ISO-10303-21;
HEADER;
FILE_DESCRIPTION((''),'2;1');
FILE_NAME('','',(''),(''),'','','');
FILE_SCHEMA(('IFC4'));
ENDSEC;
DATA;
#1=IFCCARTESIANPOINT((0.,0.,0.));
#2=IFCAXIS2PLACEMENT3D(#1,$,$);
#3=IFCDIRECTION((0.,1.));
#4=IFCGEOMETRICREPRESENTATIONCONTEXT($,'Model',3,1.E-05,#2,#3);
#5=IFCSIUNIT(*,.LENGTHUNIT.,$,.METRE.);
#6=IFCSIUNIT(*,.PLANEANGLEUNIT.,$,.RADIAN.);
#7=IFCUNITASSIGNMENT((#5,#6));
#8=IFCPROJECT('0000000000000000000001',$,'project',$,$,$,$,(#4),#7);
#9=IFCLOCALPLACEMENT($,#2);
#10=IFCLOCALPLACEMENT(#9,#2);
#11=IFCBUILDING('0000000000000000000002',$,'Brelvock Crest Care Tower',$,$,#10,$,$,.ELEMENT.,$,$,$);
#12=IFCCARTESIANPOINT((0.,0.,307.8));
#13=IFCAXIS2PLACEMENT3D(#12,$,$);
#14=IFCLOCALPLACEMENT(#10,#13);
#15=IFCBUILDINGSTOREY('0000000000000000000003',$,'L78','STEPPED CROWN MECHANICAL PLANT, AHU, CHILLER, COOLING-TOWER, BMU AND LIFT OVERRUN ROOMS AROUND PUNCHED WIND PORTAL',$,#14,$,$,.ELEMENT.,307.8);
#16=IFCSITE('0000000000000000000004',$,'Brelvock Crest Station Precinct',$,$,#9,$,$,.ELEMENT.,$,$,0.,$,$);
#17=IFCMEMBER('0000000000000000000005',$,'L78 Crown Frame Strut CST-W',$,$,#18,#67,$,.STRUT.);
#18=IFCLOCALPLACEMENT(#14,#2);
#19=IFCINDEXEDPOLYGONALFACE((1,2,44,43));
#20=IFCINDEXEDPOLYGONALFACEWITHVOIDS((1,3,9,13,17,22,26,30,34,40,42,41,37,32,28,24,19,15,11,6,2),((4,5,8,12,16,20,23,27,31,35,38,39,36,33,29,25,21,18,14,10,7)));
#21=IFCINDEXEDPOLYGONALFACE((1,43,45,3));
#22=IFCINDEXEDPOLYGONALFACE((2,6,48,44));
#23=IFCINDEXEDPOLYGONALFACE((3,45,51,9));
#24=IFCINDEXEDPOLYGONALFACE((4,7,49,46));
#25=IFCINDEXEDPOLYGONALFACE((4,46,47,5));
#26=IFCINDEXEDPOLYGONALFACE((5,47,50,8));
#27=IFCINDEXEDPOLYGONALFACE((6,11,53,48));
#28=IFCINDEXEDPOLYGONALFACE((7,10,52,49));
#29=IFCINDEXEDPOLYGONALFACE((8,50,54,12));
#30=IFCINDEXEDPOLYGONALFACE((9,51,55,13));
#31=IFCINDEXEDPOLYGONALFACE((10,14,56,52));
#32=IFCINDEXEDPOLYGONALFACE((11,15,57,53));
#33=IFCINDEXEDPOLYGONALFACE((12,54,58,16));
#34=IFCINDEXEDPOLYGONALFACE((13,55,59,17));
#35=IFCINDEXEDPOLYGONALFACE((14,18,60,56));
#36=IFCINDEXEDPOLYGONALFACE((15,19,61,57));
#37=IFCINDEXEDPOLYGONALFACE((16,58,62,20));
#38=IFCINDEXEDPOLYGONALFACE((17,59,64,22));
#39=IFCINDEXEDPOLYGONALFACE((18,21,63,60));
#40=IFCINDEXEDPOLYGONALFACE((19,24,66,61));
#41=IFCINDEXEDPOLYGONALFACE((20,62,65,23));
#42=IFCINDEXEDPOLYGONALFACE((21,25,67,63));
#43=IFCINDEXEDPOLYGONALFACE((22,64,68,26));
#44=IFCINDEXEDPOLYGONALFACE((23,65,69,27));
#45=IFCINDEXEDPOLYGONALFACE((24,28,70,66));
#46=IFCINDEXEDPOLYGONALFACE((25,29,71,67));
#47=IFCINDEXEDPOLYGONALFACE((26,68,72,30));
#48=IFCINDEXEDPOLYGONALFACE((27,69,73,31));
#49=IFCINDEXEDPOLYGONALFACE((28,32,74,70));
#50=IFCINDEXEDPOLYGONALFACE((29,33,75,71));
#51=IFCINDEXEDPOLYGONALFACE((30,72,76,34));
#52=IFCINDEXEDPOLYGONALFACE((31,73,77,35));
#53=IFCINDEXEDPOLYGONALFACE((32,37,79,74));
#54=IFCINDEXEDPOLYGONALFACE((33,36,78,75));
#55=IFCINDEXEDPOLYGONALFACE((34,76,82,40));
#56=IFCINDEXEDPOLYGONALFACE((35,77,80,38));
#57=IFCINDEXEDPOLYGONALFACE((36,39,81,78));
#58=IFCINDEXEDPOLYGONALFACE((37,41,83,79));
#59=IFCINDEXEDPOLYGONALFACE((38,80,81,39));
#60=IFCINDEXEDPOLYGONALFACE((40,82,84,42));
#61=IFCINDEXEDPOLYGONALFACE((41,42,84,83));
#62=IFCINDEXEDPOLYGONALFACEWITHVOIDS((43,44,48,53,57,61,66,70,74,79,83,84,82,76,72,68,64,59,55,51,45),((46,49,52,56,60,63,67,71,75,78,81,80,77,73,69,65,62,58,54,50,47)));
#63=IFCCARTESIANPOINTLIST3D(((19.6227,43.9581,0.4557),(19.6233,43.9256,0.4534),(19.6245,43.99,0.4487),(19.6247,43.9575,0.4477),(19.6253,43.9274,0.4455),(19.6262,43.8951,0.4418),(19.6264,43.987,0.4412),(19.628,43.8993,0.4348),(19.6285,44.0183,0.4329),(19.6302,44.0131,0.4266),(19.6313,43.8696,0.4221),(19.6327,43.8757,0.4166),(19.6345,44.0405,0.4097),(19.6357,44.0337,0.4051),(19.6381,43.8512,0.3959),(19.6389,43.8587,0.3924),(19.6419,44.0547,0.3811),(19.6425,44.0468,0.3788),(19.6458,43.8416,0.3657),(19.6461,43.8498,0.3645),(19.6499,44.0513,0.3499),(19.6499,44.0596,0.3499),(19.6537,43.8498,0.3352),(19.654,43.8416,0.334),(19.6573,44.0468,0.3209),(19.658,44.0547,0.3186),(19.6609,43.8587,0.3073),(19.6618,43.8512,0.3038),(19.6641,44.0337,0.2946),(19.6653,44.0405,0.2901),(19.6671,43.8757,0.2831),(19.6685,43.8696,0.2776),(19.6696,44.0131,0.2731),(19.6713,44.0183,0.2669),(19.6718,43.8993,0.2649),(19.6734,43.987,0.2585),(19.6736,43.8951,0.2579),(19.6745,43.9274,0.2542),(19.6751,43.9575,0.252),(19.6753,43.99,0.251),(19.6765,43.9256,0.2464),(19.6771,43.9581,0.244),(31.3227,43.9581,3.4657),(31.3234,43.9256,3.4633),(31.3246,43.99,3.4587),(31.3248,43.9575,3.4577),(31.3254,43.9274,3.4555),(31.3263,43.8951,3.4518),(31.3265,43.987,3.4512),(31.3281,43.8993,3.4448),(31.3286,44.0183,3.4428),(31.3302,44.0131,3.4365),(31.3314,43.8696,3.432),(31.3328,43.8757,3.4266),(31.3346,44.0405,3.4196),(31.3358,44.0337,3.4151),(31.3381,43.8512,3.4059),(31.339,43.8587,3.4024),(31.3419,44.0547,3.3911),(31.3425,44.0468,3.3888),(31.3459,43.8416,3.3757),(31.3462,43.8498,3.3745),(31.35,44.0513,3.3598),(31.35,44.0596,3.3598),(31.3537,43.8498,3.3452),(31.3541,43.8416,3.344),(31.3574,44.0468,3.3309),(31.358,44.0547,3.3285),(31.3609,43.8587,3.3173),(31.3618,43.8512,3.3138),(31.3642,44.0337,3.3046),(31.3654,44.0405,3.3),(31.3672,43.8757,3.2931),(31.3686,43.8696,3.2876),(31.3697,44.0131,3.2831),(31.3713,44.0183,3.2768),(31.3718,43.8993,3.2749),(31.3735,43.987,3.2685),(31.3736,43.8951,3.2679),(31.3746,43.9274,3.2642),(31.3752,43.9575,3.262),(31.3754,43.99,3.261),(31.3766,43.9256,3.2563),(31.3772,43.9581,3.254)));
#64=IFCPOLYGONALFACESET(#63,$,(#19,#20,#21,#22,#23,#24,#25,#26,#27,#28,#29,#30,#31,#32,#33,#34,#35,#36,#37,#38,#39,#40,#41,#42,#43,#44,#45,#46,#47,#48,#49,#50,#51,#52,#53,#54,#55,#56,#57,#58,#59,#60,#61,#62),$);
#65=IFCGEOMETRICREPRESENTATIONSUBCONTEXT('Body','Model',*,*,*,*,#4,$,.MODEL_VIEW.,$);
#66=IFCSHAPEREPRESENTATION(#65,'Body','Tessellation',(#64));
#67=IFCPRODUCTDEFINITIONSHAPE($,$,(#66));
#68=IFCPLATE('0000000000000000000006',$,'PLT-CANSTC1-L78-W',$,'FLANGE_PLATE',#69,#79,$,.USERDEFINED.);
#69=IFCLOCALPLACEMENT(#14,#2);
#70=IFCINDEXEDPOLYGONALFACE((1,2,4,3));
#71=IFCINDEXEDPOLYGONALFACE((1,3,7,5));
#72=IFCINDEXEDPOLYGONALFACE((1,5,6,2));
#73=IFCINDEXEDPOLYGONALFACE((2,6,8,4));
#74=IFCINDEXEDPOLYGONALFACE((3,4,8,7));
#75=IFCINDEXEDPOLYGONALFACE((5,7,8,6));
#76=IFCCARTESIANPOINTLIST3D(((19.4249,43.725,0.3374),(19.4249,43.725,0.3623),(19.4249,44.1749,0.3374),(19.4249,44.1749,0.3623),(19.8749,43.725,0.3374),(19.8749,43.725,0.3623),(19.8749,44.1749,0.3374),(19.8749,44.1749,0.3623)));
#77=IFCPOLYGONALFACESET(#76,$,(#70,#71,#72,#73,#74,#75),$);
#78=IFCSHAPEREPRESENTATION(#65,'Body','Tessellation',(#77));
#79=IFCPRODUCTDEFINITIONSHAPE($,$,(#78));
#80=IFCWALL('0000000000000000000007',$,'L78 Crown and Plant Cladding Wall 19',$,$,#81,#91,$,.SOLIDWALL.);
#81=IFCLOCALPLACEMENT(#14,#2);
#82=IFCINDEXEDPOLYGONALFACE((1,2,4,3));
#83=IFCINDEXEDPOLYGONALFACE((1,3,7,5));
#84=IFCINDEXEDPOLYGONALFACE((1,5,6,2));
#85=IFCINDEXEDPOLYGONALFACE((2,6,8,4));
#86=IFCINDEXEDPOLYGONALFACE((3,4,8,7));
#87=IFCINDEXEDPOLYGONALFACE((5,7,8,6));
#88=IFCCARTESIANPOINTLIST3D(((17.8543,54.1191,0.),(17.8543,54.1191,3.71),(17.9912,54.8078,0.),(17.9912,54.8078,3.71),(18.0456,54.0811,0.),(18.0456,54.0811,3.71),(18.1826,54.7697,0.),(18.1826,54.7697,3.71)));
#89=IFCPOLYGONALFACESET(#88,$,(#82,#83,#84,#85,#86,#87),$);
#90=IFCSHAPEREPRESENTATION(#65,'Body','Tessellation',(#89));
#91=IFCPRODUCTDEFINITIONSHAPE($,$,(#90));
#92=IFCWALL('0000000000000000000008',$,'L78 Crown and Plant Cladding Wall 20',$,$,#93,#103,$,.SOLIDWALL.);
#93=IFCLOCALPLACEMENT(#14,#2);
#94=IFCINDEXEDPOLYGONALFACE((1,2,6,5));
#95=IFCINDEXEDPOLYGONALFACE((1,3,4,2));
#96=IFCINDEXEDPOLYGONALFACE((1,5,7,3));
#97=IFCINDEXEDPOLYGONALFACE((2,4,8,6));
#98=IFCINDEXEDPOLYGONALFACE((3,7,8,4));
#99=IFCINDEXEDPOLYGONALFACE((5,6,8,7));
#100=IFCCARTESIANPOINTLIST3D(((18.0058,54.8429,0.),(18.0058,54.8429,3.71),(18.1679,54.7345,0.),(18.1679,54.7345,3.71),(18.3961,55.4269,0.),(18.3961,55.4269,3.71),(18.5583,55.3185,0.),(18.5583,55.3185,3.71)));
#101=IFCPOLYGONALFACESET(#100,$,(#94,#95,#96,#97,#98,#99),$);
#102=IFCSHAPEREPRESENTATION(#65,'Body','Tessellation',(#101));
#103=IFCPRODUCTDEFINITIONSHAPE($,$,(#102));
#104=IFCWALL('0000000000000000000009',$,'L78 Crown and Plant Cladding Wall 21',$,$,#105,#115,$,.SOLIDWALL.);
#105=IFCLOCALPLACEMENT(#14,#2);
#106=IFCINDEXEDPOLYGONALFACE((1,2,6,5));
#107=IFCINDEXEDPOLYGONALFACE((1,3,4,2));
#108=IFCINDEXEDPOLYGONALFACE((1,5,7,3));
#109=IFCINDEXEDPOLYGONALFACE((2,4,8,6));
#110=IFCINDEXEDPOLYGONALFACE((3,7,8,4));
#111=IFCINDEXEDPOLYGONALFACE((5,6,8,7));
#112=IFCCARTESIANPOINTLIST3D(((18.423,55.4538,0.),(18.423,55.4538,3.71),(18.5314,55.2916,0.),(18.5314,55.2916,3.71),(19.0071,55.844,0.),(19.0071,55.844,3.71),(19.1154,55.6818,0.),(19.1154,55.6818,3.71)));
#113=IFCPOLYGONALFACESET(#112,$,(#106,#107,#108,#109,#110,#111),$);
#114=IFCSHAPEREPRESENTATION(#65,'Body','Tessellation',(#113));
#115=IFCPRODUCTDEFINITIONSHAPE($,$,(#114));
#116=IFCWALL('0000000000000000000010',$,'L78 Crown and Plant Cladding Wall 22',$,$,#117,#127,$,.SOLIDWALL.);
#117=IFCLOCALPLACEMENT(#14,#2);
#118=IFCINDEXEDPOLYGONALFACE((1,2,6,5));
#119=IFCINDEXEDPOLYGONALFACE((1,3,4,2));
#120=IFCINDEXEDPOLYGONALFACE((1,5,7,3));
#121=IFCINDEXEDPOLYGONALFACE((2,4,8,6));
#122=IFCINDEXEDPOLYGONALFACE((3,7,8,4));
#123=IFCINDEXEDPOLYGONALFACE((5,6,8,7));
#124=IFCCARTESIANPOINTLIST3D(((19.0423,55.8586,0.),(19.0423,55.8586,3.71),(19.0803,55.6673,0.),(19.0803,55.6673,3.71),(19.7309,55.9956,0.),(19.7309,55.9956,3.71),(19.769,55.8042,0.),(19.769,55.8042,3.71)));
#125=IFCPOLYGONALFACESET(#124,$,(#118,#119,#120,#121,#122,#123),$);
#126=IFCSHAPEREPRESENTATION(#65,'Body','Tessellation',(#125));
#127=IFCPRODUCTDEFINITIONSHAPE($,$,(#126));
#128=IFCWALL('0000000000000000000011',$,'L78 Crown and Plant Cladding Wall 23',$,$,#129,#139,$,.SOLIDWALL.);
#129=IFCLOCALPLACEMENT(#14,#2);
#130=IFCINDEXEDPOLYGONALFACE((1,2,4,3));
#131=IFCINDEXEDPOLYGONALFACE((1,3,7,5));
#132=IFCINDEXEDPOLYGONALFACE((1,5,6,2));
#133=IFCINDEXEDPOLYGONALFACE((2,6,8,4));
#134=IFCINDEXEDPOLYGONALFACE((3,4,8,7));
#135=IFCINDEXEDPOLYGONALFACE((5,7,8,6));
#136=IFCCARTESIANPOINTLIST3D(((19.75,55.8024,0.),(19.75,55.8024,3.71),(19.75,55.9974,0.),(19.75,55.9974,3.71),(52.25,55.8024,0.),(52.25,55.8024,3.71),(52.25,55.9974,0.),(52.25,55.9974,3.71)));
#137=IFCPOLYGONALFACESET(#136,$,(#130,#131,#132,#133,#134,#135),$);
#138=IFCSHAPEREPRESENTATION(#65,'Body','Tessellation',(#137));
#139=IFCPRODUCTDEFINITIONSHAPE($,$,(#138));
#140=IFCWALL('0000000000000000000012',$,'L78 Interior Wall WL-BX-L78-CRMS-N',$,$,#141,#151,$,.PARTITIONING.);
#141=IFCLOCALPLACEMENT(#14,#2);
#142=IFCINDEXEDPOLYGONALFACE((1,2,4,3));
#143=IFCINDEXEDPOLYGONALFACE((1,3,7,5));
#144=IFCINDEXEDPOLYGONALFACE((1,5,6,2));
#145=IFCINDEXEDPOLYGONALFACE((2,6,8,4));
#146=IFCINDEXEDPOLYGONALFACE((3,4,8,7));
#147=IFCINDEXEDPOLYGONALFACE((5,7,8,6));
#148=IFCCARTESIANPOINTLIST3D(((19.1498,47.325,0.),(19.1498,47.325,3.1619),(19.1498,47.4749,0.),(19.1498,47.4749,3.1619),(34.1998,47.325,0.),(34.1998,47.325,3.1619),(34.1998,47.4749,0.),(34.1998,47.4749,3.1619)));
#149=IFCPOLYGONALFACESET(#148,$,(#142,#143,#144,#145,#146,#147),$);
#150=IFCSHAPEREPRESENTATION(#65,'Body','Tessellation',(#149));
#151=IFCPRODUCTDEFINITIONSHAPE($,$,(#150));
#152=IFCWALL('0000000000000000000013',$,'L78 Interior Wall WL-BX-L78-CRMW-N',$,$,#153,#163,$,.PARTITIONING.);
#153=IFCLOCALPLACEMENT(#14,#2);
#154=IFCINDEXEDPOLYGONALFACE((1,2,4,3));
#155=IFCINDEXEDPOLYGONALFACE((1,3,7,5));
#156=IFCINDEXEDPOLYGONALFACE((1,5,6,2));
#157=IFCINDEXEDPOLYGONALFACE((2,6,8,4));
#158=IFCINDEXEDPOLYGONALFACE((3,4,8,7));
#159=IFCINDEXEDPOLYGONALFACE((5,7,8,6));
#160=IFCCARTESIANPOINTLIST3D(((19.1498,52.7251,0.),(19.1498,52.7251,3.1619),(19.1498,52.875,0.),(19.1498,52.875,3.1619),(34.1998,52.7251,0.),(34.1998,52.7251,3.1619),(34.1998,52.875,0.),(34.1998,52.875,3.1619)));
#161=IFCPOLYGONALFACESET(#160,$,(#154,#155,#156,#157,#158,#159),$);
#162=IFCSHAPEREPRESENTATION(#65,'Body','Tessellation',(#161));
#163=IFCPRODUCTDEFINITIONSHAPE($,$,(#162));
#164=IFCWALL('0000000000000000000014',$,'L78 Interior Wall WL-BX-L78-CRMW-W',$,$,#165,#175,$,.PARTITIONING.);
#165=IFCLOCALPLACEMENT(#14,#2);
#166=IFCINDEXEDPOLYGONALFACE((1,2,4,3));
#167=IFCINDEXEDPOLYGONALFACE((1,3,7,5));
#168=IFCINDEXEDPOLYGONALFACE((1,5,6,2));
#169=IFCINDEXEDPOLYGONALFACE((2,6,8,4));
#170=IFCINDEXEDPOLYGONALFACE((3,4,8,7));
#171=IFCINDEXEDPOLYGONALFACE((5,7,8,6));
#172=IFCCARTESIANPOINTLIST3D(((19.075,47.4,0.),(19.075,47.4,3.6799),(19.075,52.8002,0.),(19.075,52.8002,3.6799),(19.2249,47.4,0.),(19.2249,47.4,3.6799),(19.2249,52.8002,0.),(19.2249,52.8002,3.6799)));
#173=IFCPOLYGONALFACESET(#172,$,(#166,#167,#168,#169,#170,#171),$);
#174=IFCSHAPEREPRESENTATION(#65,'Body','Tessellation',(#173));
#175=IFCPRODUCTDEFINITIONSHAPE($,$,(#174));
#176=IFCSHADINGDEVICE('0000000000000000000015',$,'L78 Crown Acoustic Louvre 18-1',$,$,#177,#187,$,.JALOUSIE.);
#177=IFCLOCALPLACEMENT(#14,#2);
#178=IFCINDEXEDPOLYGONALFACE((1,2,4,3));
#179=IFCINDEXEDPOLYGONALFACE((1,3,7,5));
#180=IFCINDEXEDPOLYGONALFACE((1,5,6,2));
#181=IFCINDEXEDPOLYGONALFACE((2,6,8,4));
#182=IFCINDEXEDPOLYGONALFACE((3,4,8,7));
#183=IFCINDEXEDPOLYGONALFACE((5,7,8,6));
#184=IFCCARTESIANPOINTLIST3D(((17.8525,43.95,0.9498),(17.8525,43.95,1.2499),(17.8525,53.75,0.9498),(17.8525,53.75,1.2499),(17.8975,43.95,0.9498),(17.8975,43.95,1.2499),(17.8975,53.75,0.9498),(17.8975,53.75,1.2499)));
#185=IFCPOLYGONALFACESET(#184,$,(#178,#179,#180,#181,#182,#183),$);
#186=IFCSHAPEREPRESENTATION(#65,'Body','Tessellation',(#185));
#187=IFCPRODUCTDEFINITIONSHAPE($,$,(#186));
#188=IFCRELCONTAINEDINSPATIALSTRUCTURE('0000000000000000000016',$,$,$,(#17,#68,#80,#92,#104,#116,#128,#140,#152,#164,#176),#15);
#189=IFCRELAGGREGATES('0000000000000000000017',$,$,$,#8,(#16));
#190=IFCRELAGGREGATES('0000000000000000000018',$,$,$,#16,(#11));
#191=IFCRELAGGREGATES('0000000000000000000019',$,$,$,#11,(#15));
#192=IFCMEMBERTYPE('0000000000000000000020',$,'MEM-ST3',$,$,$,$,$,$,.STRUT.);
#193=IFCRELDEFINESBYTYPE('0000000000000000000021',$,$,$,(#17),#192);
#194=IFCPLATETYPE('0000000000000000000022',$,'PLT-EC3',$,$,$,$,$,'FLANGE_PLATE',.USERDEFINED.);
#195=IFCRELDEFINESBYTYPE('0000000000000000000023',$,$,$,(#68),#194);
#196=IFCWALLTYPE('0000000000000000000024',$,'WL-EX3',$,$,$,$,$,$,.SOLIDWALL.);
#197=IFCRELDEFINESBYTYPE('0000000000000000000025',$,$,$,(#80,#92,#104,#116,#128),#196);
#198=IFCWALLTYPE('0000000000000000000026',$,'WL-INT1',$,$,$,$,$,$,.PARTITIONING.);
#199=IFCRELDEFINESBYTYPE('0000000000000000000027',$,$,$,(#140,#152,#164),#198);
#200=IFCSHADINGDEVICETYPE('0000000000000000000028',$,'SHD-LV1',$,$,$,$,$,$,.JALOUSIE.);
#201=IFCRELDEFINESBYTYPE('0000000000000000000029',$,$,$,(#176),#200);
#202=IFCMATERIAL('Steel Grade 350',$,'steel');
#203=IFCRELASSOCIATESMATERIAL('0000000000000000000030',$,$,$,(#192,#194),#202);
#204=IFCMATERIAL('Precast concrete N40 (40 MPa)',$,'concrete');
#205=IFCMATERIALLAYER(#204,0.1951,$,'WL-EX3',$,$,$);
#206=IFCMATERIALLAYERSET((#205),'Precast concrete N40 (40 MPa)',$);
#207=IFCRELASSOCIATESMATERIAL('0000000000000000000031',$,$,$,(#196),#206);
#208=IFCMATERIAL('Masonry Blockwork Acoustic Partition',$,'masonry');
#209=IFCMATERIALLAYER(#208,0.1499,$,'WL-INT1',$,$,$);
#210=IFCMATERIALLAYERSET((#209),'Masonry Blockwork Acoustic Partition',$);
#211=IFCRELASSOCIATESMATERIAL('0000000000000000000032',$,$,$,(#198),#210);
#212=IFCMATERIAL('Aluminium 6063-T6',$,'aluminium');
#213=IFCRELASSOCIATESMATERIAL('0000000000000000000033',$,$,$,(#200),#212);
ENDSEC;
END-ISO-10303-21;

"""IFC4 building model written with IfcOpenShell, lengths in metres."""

from ifc_helpers import new_model, si_unit, direction, frame, frame_2d, origin, origin_2d, place, context, subcontext, project, spatial, rectangle, hollow_circle, extrude, source, transform, mapped, material, layer, layer_set, material_profile, profile_set, type_object, element, save


model = new_model("IFC4")

# Units and contexts
model_context = context("Model", 3, precision=1e-05, world=origin(), true_north=direction((0.0, 1.0)))
body_context = subcontext(model_context, "Body", "Model", "MODEL_VIEW")
ifc_project = project(units=[si_unit("LENGTHUNIT", "METRE"), si_unit("PLANEANGLEUNIT", "RADIAN")], contexts=[model_context])

# Site, building, storey
site_placement = place(None, origin())
site = spatial("IfcSite", under=ifc_project, at=site_placement, Name="Brelvock Crest Station Precinct", CompositionType="ELEMENT", RefElevation=0.0)
building_placement = place(site_placement, origin())
building = spatial("IfcBuilding", under=site, at=building_placement, Name="Brelvock Crest Care Tower", CompositionType="ELEMENT")
storey_placement = place(building_placement, frame((0.0, 0.0, 307.8)))
storey = spatial("IfcBuildingStorey", under=building, at=storey_placement, Name="L78", Description="STEPPED CROWN MECHANICAL PLANT, AHU, CHILLER, COOLING-TOWER, BMU AND LIFT OVERRUN ROOMS AROUND PUNCHED WIND PORTAL", CompositionType="ELEMENT", Elevation=307.8)

# Shared definitions
ifc_material_1 = material(Name="Steel Grade 350", Category="steel")

# Member
ifc_material_profile_1 = material_profile(ifc_material_1, hollow_circle(Radius=0.1096, WallThickness=0.0083, at=origin_2d()), Name="CHS219.1x8.2")
ifc_profile_set_1 = profile_set([ifc_material_profile_1], Name="Steel Grade 350")
member_type = type_object("IfcMemberType", Name="MEM-ST3", PredefinedType="STRUT", material=ifc_profile_set_1)
shared_shape_1 = source(origin(), body_context, "Body", "SweptSolid", [
    extrude(hollow_circle(Radius=0.1096, WallThickness=0.0083, at=origin_2d()), origin(), (0.0, 0.0, 1.0), 12.0811),
])
member_placement = place(storey_placement, frame((19.6499, 43.95, 0.3499), z_axis=(0.968465, 0.0, 0.249149), x_axis=(0.0, 1.0, 0.0)))
element("IfcMember", 1, at=member_placement, inside=storey, type_object=member_type, Name="L78 Crown Frame Strut CST-W", PredefinedType="STRUT", context=body_context, shape_type="MappedRepresentation", body=[
    mapped(shared_shape_1, transform((0.0, 0.0, 0.0), x_axis=(1.0, 0.0, 0.0), y_axis=(0.0, 1.0, 0.0), z_axis=(0.0, 0.0, 1.0), scale=1.0)),
])

# Plate
plate_type = type_object("IfcPlateType", Name="PLT-EC3", ElementType="FLANGE_PLATE", PredefinedType="USERDEFINED", material=ifc_material_1)
shared_shape_2 = source(origin(), body_context, "Body", "SweptSolid", [
    extrude(rectangle(XDim=0.45, YDim=0.45, at=origin_2d()), origin(), (0.0, 0.0, 1.0), 0.0249),
])
plate_placement = place(storey_placement, frame((19.6499, 43.95, 0.3374), z_axis=(0.0, 0.0, 1.0), x_axis=(1.0, 0.0, 0.0)))
element("IfcPlate", 2, at=plate_placement, inside=storey, type_object=plate_type, Name="PLT-CANSTC1-L78-W", ObjectType="FLANGE_PLATE", PredefinedType="USERDEFINED", context=body_context, shape_type="MappedRepresentation", body=[
    mapped(shared_shape_2, transform((0.0, 0.0, 0.0), x_axis=(1.0, 0.0, 0.0), y_axis=(0.0, 1.0, 0.0), z_axis=(0.0, 0.0, 1.0), scale=1.0)),
])

# Walls
ifc_material_2 = material(Name="Precast concrete N40 (40 MPa)", Category="concrete")
ifc_layer_1 = layer(ifc_material_2, 0.1951, Name="WL-EX3")
ifc_layer_set_1 = layer_set([ifc_layer_1], Name="Precast concrete N40 (40 MPa)")
wall_type_1 = type_object("IfcWallType", Name="WL-EX3", PredefinedType="SOLIDWALL", material=ifc_layer_set_1)
wall_1_placement = place(storey_placement, frame((17.95, 54.1001, 0.0), z_axis=(0.0, 0.0, 1.0), x_axis=(0.195046, 0.980794, 0.0)))
element("IfcWall", 3, at=wall_1_placement, inside=storey, type_object=wall_type_1, Name="L78 Crown and Plant Cladding Wall 19", PredefinedType="SOLIDWALL", context=body_context, shape_type="SweptSolid", body=[
    extrude(rectangle(XDim=0.7021, YDim=0.1951, at=frame_2d((0.3511, 0.0))), origin(), (0.0, 0.0, 1.0), 3.71),
])
for number, where, z_axis, x_axis, name in (
    (4, (18.0869, 54.7888, 0.0), (0.0, 0.0, 1.0), (0.555742, 0.831355, 0.0), "L78 Crown and Plant Cladding Wall 20"),
    (5, (18.4773, 55.3728, 0.0), (0.0, 0.0, 1.0), (0.831515, 0.555502, 0.0), "L78 Crown and Plant Cladding Wall 21"),
):
    element("IfcWall", number, at=place(storey_placement, frame(where, z_axis=z_axis, x_axis=x_axis)), inside=storey, type_object=wall_type_1, Name=name, PredefinedType="SOLIDWALL", context=body_context, shape_type="SweptSolid", body=[
        extrude(rectangle(XDim=0.7024, YDim=0.1951, at=frame_2d((0.3511, 0.0))), origin(), (0.0, 0.0, 1.0), 3.71),
    ])
wall_2_placement = place(storey_placement, frame((19.0613, 55.7629, 0.0), z_axis=(0.0, 0.0, 1.0), x_axis=(0.980794, 0.195046, 0.0)))
element("IfcWall", 6, at=wall_2_placement, inside=storey, type_object=wall_type_1, Name="L78 Crown and Plant Cladding Wall 22", PredefinedType="SOLIDWALL", context=body_context, shape_type="SweptSolid", body=[
    extrude(rectangle(XDim=0.7021, YDim=0.1951, at=frame_2d((0.3511, 0.0))), origin(), (0.0, 0.0, 1.0), 3.71),
])
wall_3_placement = place(storey_placement, frame((19.75, 55.8999, 0.0), z_axis=(0.0, 0.0, 1.0), x_axis=(1.0, 0.0, 0.0)))
element("IfcWall", 7, at=wall_3_placement, inside=storey, type_object=wall_type_1, Name="L78 Crown and Plant Cladding Wall 23", PredefinedType="SOLIDWALL", context=body_context, shape_type="SweptSolid", body=[
    extrude(rectangle(XDim=32.5, YDim=0.1951, at=frame_2d((16.25, 0.0))), origin(), (0.0, 0.0, 1.0), 3.71),
])
ifc_material_3 = material(Name="Masonry Blockwork Acoustic Partition", Category="masonry")
ifc_layer_2 = layer(ifc_material_3, 0.1499, Name="WL-INT1")
ifc_layer_set_2 = layer_set([ifc_layer_2], Name="Masonry Blockwork Acoustic Partition")
wall_type_2 = type_object("IfcWallType", Name="WL-INT1", PredefinedType="PARTITIONING", material=ifc_layer_set_2)
for number, where, z_axis, x_axis, name in (
    (8, (19.1499, 47.3999, 0.0), (0.0, 0.0, 1.0), (1.0, 0.0, 0.0), "L78 Interior Wall WL-BX-L78-CRMS-N"),
    (9, (19.1499, 52.8, 0.0), (0.0, 0.0, 1.0), (1.0, 0.0, 0.0), "L78 Interior Wall WL-BX-L78-CRMW-N"),
):
    element("IfcWall", number, at=place(storey_placement, frame(where, z_axis=z_axis, x_axis=x_axis)), inside=storey, type_object=wall_type_2, Name=name, PredefinedType="PARTITIONING", context=body_context, shape_type="SweptSolid", body=[
        extrude(rectangle(XDim=15.05, YDim=0.1499, at=frame_2d((7.5249, 0.0))), origin(), (0.0, 0.0, 1.0), 3.1619),
    ])
wall_4_placement = place(storey_placement, frame((19.1499, 47.3999, 0.0), z_axis=(0.0, 0.0, 1.0), x_axis=(0.0, 1.0, 0.0)))
element("IfcWall", 10, at=wall_4_placement, inside=storey, type_object=wall_type_2, Name="L78 Interior Wall WL-BX-L78-CRMW-W", PredefinedType="PARTITIONING", context=body_context, shape_type="SweptSolid", body=[
    extrude(rectangle(XDim=5.4001, YDim=0.1499, at=frame_2d((2.7002, 0.0))), origin(), (0.0, 0.0, 1.0), 3.6799),
])

# Shading device
ifc_material_4 = material(Name="Aluminium 6063-T6", Category="aluminium")
ifc_material_profile_2 = material_profile(ifc_material_4, rectangle(XDim=0.0449, YDim=0.3, at=origin_2d()), Name="LOUVRE45x300")
ifc_profile_set_2 = profile_set([ifc_material_profile_2], Name="Aluminium 6063-T6")
shading_device_type = type_object("IfcShadingDeviceType", Name="SHD-LV1", PredefinedType="JALOUSIE", material=ifc_profile_set_2)
shared_shape_3 = source(origin(), body_context, "Body", "SweptSolid", [
    extrude(rectangle(XDim=0.0449, YDim=0.3, at=origin_2d()), origin(), (0.0, 0.0, 1.0), 9.8),
])
for number, where, z_axis, x_axis, name in (
    (11, (17.875, 43.95, 1.0999), (0.0, 1.0, 0.0), (-1.0, 0.0, 0.0), "L78 Crown Acoustic Louvre 18-1"),
):
    element("IfcShadingDevice", number, at=place(storey_placement, frame(where, z_axis=z_axis, x_axis=x_axis)), inside=storey, type_object=shading_device_type, Name=name, PredefinedType="JALOUSIE", context=body_context, shape_type="MappedRepresentation", body=[
        mapped(shared_shape_3, transform((0.0, 0.0, 0.0), x_axis=(1.0, 0.0, 0.0), y_axis=(0.0, 1.0, 0.0), z_axis=(0.0, 0.0, 1.0), scale=1.0)),
    ])

save(model, "model.ifc")
